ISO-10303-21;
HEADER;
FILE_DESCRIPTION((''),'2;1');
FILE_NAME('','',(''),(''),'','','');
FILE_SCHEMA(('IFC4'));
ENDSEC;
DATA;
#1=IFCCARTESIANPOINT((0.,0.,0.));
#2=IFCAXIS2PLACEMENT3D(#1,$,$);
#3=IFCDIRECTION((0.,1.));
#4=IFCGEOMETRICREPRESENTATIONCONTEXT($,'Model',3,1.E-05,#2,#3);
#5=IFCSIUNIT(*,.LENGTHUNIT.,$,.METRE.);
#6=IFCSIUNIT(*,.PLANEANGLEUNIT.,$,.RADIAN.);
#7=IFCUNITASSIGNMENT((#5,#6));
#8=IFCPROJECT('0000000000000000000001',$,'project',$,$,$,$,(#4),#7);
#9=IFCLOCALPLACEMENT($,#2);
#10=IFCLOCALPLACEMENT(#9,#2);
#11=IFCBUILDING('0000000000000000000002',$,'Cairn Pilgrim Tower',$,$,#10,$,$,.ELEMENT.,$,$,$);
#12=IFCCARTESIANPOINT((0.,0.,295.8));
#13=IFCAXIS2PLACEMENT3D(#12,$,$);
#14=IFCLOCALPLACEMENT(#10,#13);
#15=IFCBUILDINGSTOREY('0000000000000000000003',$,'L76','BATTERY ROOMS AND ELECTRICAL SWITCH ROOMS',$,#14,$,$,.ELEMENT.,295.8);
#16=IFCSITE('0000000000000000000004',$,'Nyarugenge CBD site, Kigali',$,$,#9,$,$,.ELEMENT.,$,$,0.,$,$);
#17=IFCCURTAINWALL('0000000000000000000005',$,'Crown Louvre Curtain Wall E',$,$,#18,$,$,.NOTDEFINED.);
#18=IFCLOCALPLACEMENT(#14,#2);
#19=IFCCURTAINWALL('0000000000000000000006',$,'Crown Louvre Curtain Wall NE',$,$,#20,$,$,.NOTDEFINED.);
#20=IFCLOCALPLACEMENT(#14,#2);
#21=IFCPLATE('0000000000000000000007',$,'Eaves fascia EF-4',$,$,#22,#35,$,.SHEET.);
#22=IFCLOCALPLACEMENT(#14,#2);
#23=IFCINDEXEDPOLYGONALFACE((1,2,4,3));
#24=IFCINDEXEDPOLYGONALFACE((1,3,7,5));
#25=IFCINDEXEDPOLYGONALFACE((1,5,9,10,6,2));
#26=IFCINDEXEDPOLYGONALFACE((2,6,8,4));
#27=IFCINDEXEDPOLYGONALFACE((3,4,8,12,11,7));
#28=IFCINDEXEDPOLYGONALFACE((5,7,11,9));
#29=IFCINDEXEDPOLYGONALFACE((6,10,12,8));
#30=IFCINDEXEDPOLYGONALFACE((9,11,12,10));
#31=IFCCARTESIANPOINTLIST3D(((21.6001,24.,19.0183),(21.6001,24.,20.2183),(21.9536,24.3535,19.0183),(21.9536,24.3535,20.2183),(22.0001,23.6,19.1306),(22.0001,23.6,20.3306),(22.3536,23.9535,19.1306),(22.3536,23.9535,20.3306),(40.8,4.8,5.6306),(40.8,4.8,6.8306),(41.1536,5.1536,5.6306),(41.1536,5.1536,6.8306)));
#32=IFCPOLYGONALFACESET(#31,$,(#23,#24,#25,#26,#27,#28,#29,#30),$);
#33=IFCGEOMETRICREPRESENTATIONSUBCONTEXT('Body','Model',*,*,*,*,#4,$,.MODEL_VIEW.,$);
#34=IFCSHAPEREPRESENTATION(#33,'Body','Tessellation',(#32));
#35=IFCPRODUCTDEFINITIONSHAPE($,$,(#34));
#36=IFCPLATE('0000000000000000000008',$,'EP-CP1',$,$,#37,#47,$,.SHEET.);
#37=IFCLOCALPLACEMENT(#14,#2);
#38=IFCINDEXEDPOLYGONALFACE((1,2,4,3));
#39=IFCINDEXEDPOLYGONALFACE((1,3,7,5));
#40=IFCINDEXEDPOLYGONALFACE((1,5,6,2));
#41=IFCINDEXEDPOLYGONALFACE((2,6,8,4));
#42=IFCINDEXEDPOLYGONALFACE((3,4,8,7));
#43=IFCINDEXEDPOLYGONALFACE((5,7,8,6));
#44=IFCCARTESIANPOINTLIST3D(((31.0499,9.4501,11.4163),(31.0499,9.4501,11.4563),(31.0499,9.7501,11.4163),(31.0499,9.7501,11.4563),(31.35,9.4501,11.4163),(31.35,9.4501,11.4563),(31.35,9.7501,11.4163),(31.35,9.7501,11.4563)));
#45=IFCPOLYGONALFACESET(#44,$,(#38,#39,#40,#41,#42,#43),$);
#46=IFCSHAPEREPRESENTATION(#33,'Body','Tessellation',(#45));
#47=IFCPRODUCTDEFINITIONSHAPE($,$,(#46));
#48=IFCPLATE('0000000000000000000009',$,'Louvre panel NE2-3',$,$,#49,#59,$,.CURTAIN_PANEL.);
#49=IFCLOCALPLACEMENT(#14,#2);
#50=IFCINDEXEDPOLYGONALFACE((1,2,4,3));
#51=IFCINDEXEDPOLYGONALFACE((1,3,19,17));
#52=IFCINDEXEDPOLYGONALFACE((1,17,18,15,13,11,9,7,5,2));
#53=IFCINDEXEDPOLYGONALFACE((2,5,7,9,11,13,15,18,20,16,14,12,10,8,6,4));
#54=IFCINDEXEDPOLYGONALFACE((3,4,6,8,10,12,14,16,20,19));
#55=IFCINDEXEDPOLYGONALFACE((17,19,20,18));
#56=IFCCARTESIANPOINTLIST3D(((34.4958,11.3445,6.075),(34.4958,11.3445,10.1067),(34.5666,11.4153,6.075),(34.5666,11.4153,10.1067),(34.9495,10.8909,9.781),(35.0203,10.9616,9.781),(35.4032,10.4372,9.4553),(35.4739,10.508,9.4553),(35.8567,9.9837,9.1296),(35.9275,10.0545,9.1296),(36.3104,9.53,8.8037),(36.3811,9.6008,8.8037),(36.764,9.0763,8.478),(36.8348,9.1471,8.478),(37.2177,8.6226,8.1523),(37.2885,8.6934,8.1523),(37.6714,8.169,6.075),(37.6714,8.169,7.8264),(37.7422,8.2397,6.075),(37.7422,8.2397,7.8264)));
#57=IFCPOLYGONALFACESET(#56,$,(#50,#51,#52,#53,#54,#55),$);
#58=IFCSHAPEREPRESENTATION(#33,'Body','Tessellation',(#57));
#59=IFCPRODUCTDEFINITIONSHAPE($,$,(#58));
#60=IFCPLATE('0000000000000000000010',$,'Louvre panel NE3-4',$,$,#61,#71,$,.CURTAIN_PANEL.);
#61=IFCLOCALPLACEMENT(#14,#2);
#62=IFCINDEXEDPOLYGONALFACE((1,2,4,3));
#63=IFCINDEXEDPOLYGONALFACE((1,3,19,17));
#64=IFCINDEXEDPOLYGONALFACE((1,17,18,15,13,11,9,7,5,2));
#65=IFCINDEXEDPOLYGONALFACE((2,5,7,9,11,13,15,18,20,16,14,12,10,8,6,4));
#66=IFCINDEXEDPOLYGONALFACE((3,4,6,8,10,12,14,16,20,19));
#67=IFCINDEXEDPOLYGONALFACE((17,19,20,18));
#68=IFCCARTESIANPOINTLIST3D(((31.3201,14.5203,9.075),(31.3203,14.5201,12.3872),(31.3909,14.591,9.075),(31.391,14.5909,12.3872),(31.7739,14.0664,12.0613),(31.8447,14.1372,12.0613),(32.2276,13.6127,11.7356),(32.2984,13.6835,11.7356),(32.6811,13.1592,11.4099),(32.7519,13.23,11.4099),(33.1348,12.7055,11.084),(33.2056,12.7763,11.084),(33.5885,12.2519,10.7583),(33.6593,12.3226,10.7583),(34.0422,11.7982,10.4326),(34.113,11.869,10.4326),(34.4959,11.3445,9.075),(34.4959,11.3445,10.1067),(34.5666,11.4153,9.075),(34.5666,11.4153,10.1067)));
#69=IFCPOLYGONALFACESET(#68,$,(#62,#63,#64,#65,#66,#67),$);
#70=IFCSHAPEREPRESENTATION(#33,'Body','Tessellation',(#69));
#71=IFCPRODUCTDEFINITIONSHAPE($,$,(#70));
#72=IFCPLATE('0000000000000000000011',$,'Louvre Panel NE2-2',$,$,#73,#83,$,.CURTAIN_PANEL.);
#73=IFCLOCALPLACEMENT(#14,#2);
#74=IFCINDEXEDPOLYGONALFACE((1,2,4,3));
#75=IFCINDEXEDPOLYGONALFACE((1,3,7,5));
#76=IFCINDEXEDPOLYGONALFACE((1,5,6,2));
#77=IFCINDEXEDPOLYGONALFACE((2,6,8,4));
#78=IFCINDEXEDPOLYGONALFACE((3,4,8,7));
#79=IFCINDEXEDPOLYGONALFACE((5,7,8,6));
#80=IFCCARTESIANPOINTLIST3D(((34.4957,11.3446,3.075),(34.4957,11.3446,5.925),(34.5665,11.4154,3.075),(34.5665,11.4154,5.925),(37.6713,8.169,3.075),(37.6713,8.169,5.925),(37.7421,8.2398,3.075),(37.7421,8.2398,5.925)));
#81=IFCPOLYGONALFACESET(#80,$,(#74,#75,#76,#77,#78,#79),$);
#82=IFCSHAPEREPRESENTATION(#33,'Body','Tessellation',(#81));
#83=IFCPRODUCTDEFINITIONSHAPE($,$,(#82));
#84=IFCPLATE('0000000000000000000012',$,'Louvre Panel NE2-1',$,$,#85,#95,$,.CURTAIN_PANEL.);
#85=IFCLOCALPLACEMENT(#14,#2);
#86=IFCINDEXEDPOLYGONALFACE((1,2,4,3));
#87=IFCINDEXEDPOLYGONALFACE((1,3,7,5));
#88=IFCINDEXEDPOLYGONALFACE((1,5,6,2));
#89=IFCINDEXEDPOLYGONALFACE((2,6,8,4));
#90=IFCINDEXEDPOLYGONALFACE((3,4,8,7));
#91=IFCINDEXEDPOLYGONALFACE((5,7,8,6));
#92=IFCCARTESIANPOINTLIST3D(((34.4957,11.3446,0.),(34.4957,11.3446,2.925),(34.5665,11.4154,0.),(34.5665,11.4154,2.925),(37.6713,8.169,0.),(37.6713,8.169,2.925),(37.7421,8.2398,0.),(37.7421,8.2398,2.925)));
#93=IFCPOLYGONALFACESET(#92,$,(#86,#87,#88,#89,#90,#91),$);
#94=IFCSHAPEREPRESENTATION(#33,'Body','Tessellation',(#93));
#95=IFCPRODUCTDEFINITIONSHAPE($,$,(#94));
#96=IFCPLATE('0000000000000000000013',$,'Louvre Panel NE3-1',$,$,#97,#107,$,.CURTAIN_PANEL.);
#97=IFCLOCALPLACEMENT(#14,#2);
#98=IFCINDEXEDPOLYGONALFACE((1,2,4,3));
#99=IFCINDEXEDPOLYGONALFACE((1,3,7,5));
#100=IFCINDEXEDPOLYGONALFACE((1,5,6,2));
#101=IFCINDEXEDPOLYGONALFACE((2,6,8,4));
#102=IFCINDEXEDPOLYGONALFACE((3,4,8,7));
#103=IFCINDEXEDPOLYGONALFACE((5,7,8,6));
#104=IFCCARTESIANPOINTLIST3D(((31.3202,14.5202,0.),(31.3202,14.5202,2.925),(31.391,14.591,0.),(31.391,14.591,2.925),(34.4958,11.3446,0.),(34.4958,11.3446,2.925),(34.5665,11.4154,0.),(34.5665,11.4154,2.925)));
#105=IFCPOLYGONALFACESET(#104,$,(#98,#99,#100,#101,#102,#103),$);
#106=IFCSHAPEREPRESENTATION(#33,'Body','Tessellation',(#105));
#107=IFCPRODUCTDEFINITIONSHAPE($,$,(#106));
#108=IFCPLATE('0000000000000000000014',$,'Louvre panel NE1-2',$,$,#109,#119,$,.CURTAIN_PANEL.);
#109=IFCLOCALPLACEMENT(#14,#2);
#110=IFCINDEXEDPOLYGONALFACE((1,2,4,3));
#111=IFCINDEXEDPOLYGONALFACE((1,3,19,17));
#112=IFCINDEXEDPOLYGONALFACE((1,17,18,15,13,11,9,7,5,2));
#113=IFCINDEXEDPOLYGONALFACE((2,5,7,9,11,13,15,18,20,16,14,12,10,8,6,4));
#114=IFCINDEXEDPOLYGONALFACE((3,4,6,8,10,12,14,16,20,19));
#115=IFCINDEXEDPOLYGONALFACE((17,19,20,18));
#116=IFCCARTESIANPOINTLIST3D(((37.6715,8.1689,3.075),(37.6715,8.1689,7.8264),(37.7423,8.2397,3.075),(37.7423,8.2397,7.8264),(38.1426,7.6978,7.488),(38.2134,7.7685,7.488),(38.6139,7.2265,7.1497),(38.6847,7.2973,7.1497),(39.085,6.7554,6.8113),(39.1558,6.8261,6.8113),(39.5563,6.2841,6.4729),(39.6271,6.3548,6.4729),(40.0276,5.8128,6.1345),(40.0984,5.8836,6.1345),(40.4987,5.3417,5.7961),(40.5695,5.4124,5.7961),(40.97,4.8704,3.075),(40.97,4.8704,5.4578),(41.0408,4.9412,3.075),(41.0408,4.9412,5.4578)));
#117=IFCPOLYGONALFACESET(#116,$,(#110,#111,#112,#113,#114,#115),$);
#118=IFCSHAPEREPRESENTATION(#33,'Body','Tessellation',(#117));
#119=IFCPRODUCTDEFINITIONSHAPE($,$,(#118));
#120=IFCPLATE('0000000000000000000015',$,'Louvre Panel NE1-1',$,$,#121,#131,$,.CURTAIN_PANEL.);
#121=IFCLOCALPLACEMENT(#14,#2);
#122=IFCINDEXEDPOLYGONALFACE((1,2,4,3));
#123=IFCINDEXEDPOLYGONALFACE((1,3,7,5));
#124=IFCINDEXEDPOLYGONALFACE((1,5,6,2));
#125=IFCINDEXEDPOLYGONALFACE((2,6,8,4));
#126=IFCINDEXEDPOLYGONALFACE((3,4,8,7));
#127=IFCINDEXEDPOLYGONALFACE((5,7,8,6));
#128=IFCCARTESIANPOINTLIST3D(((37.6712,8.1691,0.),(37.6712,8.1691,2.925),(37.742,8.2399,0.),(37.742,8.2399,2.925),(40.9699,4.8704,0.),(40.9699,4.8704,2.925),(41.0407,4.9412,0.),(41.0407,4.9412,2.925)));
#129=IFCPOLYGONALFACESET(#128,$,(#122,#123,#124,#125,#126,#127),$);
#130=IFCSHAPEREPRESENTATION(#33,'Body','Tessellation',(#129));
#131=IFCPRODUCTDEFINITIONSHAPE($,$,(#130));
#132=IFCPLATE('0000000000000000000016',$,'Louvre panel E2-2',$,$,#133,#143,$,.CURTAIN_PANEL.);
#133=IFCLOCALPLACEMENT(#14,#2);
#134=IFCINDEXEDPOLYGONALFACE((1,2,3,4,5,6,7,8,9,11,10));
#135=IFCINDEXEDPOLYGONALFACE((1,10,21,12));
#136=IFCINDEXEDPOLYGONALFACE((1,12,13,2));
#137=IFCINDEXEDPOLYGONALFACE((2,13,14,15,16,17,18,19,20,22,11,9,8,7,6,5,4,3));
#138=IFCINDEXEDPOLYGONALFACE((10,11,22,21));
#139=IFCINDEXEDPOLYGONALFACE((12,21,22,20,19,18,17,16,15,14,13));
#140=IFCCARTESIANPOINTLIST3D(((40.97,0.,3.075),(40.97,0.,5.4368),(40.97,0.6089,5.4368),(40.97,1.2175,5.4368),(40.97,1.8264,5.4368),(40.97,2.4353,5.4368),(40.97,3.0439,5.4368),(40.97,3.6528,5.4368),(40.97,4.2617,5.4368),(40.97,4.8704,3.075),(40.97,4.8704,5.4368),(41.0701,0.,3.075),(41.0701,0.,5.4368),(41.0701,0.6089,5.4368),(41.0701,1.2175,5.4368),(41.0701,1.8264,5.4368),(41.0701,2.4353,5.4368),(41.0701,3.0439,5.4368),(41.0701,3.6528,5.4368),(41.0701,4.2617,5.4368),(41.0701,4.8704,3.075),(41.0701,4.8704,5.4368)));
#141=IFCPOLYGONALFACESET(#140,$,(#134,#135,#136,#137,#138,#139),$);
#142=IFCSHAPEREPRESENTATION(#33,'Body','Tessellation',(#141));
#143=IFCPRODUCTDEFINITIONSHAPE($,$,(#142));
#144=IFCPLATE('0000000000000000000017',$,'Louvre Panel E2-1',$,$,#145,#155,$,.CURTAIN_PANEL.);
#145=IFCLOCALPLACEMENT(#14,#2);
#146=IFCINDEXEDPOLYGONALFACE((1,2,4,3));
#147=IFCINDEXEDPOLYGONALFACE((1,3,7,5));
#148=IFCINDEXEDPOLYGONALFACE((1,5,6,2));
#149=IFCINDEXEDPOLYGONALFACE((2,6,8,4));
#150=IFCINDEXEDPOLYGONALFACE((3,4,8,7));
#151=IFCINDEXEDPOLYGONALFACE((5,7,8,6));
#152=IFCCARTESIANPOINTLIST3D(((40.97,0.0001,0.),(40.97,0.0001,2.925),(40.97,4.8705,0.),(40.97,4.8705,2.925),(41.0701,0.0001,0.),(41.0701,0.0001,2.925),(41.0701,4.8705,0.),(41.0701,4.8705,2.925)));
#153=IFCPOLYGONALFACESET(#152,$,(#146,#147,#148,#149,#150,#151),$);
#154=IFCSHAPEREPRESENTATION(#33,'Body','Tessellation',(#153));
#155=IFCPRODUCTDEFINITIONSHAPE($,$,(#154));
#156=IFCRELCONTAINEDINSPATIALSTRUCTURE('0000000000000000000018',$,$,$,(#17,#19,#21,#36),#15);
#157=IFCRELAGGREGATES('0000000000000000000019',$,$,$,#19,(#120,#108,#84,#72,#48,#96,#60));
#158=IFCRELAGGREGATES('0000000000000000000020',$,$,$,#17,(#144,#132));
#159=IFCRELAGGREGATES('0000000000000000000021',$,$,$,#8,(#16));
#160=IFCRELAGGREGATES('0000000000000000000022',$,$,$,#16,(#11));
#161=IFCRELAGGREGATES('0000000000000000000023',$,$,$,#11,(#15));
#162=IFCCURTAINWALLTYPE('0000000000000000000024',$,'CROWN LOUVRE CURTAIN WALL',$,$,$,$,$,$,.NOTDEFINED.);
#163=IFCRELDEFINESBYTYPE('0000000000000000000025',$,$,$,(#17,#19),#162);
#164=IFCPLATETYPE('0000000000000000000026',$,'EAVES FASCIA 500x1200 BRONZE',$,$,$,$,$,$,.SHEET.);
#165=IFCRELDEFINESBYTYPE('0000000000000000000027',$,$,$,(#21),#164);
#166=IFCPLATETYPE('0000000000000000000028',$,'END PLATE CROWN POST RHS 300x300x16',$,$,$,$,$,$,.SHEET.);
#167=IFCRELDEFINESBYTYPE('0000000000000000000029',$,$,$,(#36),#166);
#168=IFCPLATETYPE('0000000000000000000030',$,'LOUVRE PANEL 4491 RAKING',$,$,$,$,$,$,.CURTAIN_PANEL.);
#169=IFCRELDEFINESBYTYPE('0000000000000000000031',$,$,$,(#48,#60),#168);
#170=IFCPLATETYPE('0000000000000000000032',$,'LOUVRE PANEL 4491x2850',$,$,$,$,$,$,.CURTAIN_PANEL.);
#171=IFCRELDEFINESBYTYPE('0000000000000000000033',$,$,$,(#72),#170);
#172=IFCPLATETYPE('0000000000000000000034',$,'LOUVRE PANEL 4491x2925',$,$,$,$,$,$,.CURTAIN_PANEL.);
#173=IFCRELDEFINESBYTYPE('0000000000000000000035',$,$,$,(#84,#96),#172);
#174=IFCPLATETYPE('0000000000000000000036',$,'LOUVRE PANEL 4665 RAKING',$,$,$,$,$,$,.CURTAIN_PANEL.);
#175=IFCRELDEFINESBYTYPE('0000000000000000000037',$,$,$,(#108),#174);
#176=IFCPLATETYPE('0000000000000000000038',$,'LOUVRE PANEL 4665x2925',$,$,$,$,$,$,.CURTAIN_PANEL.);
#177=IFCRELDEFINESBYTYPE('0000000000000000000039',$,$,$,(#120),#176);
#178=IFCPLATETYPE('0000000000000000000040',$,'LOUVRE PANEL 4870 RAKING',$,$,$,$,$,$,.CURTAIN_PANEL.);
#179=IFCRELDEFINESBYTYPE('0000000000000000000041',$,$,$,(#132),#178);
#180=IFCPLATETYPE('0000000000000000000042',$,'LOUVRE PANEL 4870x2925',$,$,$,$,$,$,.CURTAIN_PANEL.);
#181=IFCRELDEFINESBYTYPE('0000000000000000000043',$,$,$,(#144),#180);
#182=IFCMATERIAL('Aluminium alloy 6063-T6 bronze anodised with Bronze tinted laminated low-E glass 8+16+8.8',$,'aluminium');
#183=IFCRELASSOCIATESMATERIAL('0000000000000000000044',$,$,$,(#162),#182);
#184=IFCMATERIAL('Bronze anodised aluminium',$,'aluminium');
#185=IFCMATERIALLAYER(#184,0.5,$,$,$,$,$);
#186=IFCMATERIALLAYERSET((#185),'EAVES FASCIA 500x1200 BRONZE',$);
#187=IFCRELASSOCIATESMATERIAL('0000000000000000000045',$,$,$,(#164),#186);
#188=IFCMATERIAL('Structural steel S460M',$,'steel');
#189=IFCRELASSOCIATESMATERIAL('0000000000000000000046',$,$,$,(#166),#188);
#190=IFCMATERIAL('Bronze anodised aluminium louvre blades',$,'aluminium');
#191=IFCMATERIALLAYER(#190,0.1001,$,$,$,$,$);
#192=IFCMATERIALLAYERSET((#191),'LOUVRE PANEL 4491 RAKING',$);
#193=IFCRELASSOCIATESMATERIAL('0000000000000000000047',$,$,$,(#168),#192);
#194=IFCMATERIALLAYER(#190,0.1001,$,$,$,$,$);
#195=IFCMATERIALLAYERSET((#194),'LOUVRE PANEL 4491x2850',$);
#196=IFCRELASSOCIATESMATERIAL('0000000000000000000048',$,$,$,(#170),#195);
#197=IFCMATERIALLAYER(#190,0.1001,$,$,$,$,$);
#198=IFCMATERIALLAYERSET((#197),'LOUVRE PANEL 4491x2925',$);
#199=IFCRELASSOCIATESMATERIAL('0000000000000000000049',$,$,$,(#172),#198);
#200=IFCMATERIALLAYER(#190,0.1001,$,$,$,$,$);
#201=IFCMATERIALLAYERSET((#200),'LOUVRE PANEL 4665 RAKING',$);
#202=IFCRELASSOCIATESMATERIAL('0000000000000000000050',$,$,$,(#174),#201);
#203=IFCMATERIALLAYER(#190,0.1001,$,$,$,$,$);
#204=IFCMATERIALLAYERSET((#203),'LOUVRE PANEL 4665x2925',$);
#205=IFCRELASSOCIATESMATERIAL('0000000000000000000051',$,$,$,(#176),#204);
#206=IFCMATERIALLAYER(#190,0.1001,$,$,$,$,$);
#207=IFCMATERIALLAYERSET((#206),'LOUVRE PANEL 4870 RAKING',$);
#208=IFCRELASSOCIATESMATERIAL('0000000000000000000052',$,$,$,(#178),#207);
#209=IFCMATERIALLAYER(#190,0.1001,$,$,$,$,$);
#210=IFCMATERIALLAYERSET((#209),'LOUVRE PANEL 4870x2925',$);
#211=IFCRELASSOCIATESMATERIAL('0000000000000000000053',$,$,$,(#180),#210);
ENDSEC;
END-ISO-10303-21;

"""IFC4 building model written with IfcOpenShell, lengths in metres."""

from ifc_helpers import new_model, si_unit, direction, frame, origin, origin_2d, place, context, subcontext, project, spatial, polyline, rectangle, outline, extrude, material, layer, layer_set, material_profile, profile_set, type_object, element, aggregate, save


model = new_model("IFC4")

# Units and contexts
model_context = context("Model", 3, precision=1e-05, world=origin(), true_north=direction((0.0, 1.0)))
body_context = subcontext(model_context, "Body", "Model", "MODEL_VIEW")
ifc_project = project(units=[si_unit("LENGTHUNIT", "METRE"), si_unit("PLANEANGLEUNIT", "RADIAN")], contexts=[model_context])

# Site, building, storey
site_placement = place(None, origin())
site = spatial("IfcSite", under=ifc_project, at=site_placement, Name="Nyarugenge CBD site, Kigali", CompositionType="ELEMENT", RefElevation=0.0)
building_placement = place(site_placement, origin())
building = spatial("IfcBuilding", under=site, at=building_placement, Name="Cairn Pilgrim Tower", CompositionType="ELEMENT")
storey_placement = place(building_placement, frame((0.0, 0.0, 295.8)))
storey = spatial("IfcBuildingStorey", under=building, at=storey_placement, Name="L76", Description="BATTERY ROOMS AND ELECTRICAL SWITCH ROOMS", CompositionType="ELEMENT", Elevation=295.8)

# Shared definitions
ifc_material_1 = material(Name="Structural steel S460M", Category="steel")

# Curtain wall
ifc_material_2 = material(Name="Aluminium alloy 6063-T6 bronze anodised with Bronze tinted laminated low-E glass 8+16+8.8", Category="aluminium")
curtain_wall_type = type_object("IfcCurtainWallType", Name="CROWN LOUVRE CURTAIN WALL", PredefinedType="NOTDEFINED", material=ifc_material_2)
curtain_wall_1_placement = place(storey_placement, origin())
curtain_wall_1 = element("IfcCurtainWall", 1, at=curtain_wall_1_placement, inside=storey, type_object=curtain_wall_type, Name="Crown Louvre Curtain Wall E", PredefinedType="NOTDEFINED")

# Curtain wall
curtain_wall_2_placement = place(storey_placement, origin())
curtain_wall_2 = element("IfcCurtainWall", 2, at=curtain_wall_2_placement, inside=storey, type_object=curtain_wall_type, Name="Crown Louvre Curtain Wall NE", PredefinedType="NOTDEFINED")

# Plates
ifc_material_3 = material(Name="Bronze anodised aluminium", Category="aluminium")
ifc_layer_1 = layer(ifc_material_3, 0.5)
ifc_layer_set_1 = layer_set([ifc_layer_1], Name="EAVES FASCIA 500x1200 BRONZE")
plate_type_1 = type_object("IfcPlateType", Name="EAVES FASCIA 500x1200 BRONZE", PredefinedType="SHEET", material=ifc_layer_set_1)
plate_1_placement = place(storey_placement, frame((40.9768, 4.9768, 5.6306), z_axis=(0.0, 0.0, 1.0), x_axis=(-0.707107, 0.707107, 0.0)))
element("IfcPlate", 3, at=plate_1_placement, inside=storey, type_object=plate_type_1, Name="Eaves fascia EF-4", PredefinedType="SHEET", context=body_context, shape_type="SweptSolid", body=[
    extrude(outline(polyline([(0.0, 0.0), (26.5872, 13.5), (27.1528, 13.3877), (27.1528, 14.5876), (26.5872, 14.7), (0.0, 1.2), (0.0, 0.0)])), frame((0.0, 0.25, 0.0), z_axis=(0.0, -1.0, 0.0), x_axis=(1.0, 0.0, 0.0)), (0.0, 0.0, 1.0), 0.5),
])
ifc_material_profile_1 = material_profile(ifc_material_1, rectangle(XDim=0.3, YDim=0.3, at=origin_2d()), Name="END PLATE CROWN POST RHS 300x300x16")
ifc_profile_set_1 = profile_set([ifc_material_profile_1], Name="Structural steel S460M")
plate_type_2 = type_object("IfcPlateType", Name="END PLATE CROWN POST RHS 300x300x16", PredefinedType="SHEET", material=ifc_profile_set_1)
plate_2_placement = place(storey_placement, frame((31.2, 9.6001, 11.4163), z_axis=(0.0, 0.0, 1.0), x_axis=(1.0, 0.0, 0.0)))
element("IfcPlate", 4, at=plate_2_placement, inside=storey, type_object=plate_type_2, Name="EP-CP1", PredefinedType="SHEET", context=body_context, shape_type="SweptSolid", body=[
    extrude(rectangle(XDim=0.3, YDim=0.3, at=origin_2d()), origin(), (0.0, 0.0, 1.0), 0.04),
])

# Plates
ifc_material_4 = material(Name="Bronze anodised aluminium louvre blades", Category="aluminium")
ifc_layer_2 = layer(ifc_material_4, 0.1001)
ifc_layer_set_2 = layer_set([ifc_layer_2], Name="LOUVRE PANEL 4491 RAKING")
plate_type_3 = type_object("IfcPlateType", Name="LOUVRE PANEL 4491 RAKING", PredefinedType="CURTAIN_PANEL", material=ifc_layer_set_2)
plate_3_placement = place(storey_placement, frame((37.7068, 8.2043, 6.075), z_axis=(0.0, 0.0, 1.0), x_axis=(-0.707107, 0.707107, 0.0)))
plate_3 = element("IfcPlate", 5, at=plate_3_placement, type_object=plate_type_3, Name="Louvre panel NE2-3", PredefinedType="CURTAIN_PANEL", context=body_context, shape_type="SweptSolid", body=[
    extrude(outline(polyline([(0.0, 0.0), (4.491, 0.0), (4.491, 4.0317), (3.8494, 3.7061), (3.2078, 3.3804), (2.5664, 3.0547), (1.9248, 2.7288), (1.2832, 2.4031), (0.6416, 2.0774), (0.0, 1.7515), (0.0, 0.0)])), frame((0.0, 0.05, 0.0), z_axis=(0.0, -1.0, 0.0), x_axis=(1.0, 0.0, 0.0)), (0.0, 0.0, 1.0), 0.1001),
])
plate_4_placement = place(storey_placement, frame((34.5312, 11.3799, 9.075), z_axis=(0.0, 0.0, 1.0), x_axis=(-0.707107, 0.707107, 0.0)))
plate_4 = element("IfcPlate", 6, at=plate_4_placement, type_object=plate_type_3, Name="Louvre panel NE3-4", PredefinedType="CURTAIN_PANEL", context=body_context, shape_type="SweptSolid", body=[
    extrude(outline(polyline([(0.0, 0.0), (4.4912, 0.0), (4.491, 3.3123), (3.8494, 2.9863), (3.2078, 2.6606), (2.5664, 2.335), (1.9248, 2.009), (1.2832, 1.6833), (0.6416, 1.3577), (0.0, 1.0317), (0.0, 0.0)])), frame((0.0, 0.05, 0.0), z_axis=(0.0, -1.0, 0.0), x_axis=(1.0, 0.0, 0.0)), (0.0, 0.0, 1.0), 0.1001),
])
ifc_layer_3 = layer(ifc_material_4, 0.1001)
ifc_layer_set_3 = layer_set([ifc_layer_3], Name="LOUVRE PANEL 4491x2850")
plate_type_4 = type_object("IfcPlateType", Name="LOUVRE PANEL 4491x2850", PredefinedType="CURTAIN_PANEL", material=ifc_layer_set_3)
plate_5_placement = place(storey_placement, frame((36.1189, 9.7922, 3.075), z_axis=(0.0, 0.0, 1.0), x_axis=(-0.707107, 0.707107, 0.0)))
plate_5 = element("IfcPlate", 7, at=plate_5_placement, type_object=plate_type_4, Name="Louvre Panel NE2-2", PredefinedType="CURTAIN_PANEL", context=body_context, shape_type="SweptSolid", body=[
    extrude(rectangle(XDim=4.491, YDim=0.1001, at=origin_2d()), origin(), (0.0, 0.0, 1.0), 2.8501),
])
ifc_layer_4 = layer(ifc_material_4, 0.1001)
ifc_layer_set_4 = layer_set([ifc_layer_4], Name="LOUVRE PANEL 4491x2925")
plate_type_5 = type_object("IfcPlateType", Name="LOUVRE PANEL 4491x2925", PredefinedType="CURTAIN_PANEL", material=ifc_layer_set_4)
plate_6_placement = place(storey_placement, frame((36.1189, 9.7922, 0.0), z_axis=(0.0, 0.0, 1.0), x_axis=(-0.707107, 0.707107, 0.0)))
plate_6 = element("IfcPlate", 8, at=plate_6_placement, type_object=plate_type_5, Name="Louvre Panel NE2-1", PredefinedType="CURTAIN_PANEL", context=body_context, shape_type="SweptSolid", body=[
    extrude(rectangle(XDim=4.491, YDim=0.1001, at=origin_2d()), origin(), (0.0, 0.0, 1.0), 2.925),
])
plate_7_placement = place(storey_placement, frame((32.9434, 12.9678, 0.0), z_axis=(0.0, 0.0, 1.0), x_axis=(-0.707107, 0.707107, 0.0)))
plate_7 = element("IfcPlate", 9, at=plate_7_placement, type_object=plate_type_5, Name="Louvre Panel NE3-1", PredefinedType="CURTAIN_PANEL", context=body_context, shape_type="SweptSolid", body=[
    extrude(rectangle(XDim=4.491, YDim=0.1001, at=origin_2d()), origin(), (0.0, 0.0, 1.0), 2.925),
])
ifc_layer_5 = layer(ifc_material_4, 0.1001)
ifc_layer_set_5 = layer_set([ifc_layer_5], Name="LOUVRE PANEL 4665 RAKING")
plate_type_6 = type_object("IfcPlateType", Name="LOUVRE PANEL 4665 RAKING", PredefinedType="CURTAIN_PANEL", material=ifc_layer_set_5)
plate_8_placement = place(storey_placement, frame((41.0054, 4.9058, 3.075), z_axis=(0.0, 0.0, 1.0), x_axis=(-0.707107, 0.707107, 0.0)))
plate_8 = element("IfcPlate", 10, at=plate_8_placement, type_object=plate_type_6, Name="Louvre panel NE1-2", PredefinedType="CURTAIN_PANEL", context=body_context, shape_type="SweptSolid", body=[
    extrude(outline(polyline([(0.0, 0.0), (4.6648, 0.0), (4.6648, 4.7515), (3.9985, 4.4131), (3.332, 4.0747), (2.6658, 3.7363), (1.9993, 3.3979), (1.3328, 3.0596), (0.6665, 2.7212), (0.0, 2.3828), (0.0, 0.0)])), frame((0.0, 0.05, 0.0), z_axis=(0.0, -1.0, 0.0), x_axis=(1.0, 0.0, 0.0)), (0.0, 0.0, 1.0), 0.1001),
])
ifc_layer_6 = layer(ifc_material_4, 0.1001)
ifc_layer_set_6 = layer_set([ifc_layer_6], Name="LOUVRE PANEL 4665x2925")
plate_type_7 = type_object("IfcPlateType", Name="LOUVRE PANEL 4665x2925", PredefinedType="CURTAIN_PANEL", material=ifc_layer_set_6)
plate_9_placement = place(storey_placement, frame((39.356, 6.5552, 0.0), z_axis=(0.0, 0.0, 1.0), x_axis=(-0.707107, 0.707107, 0.0)))
plate_9 = element("IfcPlate", 11, at=plate_9_placement, type_object=plate_type_7, Name="Louvre Panel NE1-1", PredefinedType="CURTAIN_PANEL", context=body_context, shape_type="SweptSolid", body=[
    extrude(rectangle(XDim=4.665, YDim=0.1001, at=origin_2d()), origin(), (0.0, 0.0, 1.0), 2.925),
])
aggregate(curtain_wall_2, [plate_9, plate_8, plate_6, plate_5, plate_3, plate_7, plate_4])
ifc_layer_7 = layer(ifc_material_4, 0.1001)
ifc_layer_set_7 = layer_set([ifc_layer_7], Name="LOUVRE PANEL 4870 RAKING")
plate_type_8 = type_object("IfcPlateType", Name="LOUVRE PANEL 4870 RAKING", PredefinedType="CURTAIN_PANEL", material=ifc_layer_set_7)
plate_10_placement = place(storey_placement, frame((41.02, 0.0, 3.075), z_axis=(0.0, 0.0, 1.0), x_axis=(0.0, 1.0, 0.0)))
plate_10 = element("IfcPlate", 12, at=plate_10_placement, type_object=plate_type_8, Name="Louvre panel E2-2", PredefinedType="CURTAIN_PANEL", context=body_context, shape_type="SweptSolid", body=[
    extrude(outline(polyline([(0.0, 0.0), (4.8704, 0.0), (4.8704, 2.3618), (4.2617, 2.3618), (3.6528, 2.3618), (3.0439, 2.3618), (2.4353, 2.3618), (1.8264, 2.3618), (1.2175, 2.3618), (0.6089, 2.3618), (0.0, 2.3618), (0.0, 0.0)])), frame((0.0, 0.05, 0.0), z_axis=(0.0, -1.0, 0.0), x_axis=(1.0, 0.0, 0.0)), (0.0, 0.0, 1.0), 0.1001),
])
ifc_layer_8 = layer(ifc_material_4, 0.1001)
ifc_layer_set_8 = layer_set([ifc_layer_8], Name="LOUVRE PANEL 4870x2925")
plate_type_9 = type_object("IfcPlateType", Name="LOUVRE PANEL 4870x2925", PredefinedType="CURTAIN_PANEL", material=ifc_layer_set_8)
plate_11_placement = place(storey_placement, frame((41.02, 2.4353, 0.0), z_axis=(0.0, 0.0, 1.0), x_axis=(0.0, 1.0, 0.0)))
plate_11 = element("IfcPlate", 13, at=plate_11_placement, type_object=plate_type_9, Name="Louvre Panel E2-1", PredefinedType="CURTAIN_PANEL", context=body_context, shape_type="SweptSolid", body=[
    extrude(rectangle(XDim=4.8704, YDim=0.1001, at=origin_2d()), origin(), (0.0, 0.0, 1.0), 2.925),
])
aggregate(curtain_wall_1, [plate_11, plate_10])

save(model, "model.ifc")
